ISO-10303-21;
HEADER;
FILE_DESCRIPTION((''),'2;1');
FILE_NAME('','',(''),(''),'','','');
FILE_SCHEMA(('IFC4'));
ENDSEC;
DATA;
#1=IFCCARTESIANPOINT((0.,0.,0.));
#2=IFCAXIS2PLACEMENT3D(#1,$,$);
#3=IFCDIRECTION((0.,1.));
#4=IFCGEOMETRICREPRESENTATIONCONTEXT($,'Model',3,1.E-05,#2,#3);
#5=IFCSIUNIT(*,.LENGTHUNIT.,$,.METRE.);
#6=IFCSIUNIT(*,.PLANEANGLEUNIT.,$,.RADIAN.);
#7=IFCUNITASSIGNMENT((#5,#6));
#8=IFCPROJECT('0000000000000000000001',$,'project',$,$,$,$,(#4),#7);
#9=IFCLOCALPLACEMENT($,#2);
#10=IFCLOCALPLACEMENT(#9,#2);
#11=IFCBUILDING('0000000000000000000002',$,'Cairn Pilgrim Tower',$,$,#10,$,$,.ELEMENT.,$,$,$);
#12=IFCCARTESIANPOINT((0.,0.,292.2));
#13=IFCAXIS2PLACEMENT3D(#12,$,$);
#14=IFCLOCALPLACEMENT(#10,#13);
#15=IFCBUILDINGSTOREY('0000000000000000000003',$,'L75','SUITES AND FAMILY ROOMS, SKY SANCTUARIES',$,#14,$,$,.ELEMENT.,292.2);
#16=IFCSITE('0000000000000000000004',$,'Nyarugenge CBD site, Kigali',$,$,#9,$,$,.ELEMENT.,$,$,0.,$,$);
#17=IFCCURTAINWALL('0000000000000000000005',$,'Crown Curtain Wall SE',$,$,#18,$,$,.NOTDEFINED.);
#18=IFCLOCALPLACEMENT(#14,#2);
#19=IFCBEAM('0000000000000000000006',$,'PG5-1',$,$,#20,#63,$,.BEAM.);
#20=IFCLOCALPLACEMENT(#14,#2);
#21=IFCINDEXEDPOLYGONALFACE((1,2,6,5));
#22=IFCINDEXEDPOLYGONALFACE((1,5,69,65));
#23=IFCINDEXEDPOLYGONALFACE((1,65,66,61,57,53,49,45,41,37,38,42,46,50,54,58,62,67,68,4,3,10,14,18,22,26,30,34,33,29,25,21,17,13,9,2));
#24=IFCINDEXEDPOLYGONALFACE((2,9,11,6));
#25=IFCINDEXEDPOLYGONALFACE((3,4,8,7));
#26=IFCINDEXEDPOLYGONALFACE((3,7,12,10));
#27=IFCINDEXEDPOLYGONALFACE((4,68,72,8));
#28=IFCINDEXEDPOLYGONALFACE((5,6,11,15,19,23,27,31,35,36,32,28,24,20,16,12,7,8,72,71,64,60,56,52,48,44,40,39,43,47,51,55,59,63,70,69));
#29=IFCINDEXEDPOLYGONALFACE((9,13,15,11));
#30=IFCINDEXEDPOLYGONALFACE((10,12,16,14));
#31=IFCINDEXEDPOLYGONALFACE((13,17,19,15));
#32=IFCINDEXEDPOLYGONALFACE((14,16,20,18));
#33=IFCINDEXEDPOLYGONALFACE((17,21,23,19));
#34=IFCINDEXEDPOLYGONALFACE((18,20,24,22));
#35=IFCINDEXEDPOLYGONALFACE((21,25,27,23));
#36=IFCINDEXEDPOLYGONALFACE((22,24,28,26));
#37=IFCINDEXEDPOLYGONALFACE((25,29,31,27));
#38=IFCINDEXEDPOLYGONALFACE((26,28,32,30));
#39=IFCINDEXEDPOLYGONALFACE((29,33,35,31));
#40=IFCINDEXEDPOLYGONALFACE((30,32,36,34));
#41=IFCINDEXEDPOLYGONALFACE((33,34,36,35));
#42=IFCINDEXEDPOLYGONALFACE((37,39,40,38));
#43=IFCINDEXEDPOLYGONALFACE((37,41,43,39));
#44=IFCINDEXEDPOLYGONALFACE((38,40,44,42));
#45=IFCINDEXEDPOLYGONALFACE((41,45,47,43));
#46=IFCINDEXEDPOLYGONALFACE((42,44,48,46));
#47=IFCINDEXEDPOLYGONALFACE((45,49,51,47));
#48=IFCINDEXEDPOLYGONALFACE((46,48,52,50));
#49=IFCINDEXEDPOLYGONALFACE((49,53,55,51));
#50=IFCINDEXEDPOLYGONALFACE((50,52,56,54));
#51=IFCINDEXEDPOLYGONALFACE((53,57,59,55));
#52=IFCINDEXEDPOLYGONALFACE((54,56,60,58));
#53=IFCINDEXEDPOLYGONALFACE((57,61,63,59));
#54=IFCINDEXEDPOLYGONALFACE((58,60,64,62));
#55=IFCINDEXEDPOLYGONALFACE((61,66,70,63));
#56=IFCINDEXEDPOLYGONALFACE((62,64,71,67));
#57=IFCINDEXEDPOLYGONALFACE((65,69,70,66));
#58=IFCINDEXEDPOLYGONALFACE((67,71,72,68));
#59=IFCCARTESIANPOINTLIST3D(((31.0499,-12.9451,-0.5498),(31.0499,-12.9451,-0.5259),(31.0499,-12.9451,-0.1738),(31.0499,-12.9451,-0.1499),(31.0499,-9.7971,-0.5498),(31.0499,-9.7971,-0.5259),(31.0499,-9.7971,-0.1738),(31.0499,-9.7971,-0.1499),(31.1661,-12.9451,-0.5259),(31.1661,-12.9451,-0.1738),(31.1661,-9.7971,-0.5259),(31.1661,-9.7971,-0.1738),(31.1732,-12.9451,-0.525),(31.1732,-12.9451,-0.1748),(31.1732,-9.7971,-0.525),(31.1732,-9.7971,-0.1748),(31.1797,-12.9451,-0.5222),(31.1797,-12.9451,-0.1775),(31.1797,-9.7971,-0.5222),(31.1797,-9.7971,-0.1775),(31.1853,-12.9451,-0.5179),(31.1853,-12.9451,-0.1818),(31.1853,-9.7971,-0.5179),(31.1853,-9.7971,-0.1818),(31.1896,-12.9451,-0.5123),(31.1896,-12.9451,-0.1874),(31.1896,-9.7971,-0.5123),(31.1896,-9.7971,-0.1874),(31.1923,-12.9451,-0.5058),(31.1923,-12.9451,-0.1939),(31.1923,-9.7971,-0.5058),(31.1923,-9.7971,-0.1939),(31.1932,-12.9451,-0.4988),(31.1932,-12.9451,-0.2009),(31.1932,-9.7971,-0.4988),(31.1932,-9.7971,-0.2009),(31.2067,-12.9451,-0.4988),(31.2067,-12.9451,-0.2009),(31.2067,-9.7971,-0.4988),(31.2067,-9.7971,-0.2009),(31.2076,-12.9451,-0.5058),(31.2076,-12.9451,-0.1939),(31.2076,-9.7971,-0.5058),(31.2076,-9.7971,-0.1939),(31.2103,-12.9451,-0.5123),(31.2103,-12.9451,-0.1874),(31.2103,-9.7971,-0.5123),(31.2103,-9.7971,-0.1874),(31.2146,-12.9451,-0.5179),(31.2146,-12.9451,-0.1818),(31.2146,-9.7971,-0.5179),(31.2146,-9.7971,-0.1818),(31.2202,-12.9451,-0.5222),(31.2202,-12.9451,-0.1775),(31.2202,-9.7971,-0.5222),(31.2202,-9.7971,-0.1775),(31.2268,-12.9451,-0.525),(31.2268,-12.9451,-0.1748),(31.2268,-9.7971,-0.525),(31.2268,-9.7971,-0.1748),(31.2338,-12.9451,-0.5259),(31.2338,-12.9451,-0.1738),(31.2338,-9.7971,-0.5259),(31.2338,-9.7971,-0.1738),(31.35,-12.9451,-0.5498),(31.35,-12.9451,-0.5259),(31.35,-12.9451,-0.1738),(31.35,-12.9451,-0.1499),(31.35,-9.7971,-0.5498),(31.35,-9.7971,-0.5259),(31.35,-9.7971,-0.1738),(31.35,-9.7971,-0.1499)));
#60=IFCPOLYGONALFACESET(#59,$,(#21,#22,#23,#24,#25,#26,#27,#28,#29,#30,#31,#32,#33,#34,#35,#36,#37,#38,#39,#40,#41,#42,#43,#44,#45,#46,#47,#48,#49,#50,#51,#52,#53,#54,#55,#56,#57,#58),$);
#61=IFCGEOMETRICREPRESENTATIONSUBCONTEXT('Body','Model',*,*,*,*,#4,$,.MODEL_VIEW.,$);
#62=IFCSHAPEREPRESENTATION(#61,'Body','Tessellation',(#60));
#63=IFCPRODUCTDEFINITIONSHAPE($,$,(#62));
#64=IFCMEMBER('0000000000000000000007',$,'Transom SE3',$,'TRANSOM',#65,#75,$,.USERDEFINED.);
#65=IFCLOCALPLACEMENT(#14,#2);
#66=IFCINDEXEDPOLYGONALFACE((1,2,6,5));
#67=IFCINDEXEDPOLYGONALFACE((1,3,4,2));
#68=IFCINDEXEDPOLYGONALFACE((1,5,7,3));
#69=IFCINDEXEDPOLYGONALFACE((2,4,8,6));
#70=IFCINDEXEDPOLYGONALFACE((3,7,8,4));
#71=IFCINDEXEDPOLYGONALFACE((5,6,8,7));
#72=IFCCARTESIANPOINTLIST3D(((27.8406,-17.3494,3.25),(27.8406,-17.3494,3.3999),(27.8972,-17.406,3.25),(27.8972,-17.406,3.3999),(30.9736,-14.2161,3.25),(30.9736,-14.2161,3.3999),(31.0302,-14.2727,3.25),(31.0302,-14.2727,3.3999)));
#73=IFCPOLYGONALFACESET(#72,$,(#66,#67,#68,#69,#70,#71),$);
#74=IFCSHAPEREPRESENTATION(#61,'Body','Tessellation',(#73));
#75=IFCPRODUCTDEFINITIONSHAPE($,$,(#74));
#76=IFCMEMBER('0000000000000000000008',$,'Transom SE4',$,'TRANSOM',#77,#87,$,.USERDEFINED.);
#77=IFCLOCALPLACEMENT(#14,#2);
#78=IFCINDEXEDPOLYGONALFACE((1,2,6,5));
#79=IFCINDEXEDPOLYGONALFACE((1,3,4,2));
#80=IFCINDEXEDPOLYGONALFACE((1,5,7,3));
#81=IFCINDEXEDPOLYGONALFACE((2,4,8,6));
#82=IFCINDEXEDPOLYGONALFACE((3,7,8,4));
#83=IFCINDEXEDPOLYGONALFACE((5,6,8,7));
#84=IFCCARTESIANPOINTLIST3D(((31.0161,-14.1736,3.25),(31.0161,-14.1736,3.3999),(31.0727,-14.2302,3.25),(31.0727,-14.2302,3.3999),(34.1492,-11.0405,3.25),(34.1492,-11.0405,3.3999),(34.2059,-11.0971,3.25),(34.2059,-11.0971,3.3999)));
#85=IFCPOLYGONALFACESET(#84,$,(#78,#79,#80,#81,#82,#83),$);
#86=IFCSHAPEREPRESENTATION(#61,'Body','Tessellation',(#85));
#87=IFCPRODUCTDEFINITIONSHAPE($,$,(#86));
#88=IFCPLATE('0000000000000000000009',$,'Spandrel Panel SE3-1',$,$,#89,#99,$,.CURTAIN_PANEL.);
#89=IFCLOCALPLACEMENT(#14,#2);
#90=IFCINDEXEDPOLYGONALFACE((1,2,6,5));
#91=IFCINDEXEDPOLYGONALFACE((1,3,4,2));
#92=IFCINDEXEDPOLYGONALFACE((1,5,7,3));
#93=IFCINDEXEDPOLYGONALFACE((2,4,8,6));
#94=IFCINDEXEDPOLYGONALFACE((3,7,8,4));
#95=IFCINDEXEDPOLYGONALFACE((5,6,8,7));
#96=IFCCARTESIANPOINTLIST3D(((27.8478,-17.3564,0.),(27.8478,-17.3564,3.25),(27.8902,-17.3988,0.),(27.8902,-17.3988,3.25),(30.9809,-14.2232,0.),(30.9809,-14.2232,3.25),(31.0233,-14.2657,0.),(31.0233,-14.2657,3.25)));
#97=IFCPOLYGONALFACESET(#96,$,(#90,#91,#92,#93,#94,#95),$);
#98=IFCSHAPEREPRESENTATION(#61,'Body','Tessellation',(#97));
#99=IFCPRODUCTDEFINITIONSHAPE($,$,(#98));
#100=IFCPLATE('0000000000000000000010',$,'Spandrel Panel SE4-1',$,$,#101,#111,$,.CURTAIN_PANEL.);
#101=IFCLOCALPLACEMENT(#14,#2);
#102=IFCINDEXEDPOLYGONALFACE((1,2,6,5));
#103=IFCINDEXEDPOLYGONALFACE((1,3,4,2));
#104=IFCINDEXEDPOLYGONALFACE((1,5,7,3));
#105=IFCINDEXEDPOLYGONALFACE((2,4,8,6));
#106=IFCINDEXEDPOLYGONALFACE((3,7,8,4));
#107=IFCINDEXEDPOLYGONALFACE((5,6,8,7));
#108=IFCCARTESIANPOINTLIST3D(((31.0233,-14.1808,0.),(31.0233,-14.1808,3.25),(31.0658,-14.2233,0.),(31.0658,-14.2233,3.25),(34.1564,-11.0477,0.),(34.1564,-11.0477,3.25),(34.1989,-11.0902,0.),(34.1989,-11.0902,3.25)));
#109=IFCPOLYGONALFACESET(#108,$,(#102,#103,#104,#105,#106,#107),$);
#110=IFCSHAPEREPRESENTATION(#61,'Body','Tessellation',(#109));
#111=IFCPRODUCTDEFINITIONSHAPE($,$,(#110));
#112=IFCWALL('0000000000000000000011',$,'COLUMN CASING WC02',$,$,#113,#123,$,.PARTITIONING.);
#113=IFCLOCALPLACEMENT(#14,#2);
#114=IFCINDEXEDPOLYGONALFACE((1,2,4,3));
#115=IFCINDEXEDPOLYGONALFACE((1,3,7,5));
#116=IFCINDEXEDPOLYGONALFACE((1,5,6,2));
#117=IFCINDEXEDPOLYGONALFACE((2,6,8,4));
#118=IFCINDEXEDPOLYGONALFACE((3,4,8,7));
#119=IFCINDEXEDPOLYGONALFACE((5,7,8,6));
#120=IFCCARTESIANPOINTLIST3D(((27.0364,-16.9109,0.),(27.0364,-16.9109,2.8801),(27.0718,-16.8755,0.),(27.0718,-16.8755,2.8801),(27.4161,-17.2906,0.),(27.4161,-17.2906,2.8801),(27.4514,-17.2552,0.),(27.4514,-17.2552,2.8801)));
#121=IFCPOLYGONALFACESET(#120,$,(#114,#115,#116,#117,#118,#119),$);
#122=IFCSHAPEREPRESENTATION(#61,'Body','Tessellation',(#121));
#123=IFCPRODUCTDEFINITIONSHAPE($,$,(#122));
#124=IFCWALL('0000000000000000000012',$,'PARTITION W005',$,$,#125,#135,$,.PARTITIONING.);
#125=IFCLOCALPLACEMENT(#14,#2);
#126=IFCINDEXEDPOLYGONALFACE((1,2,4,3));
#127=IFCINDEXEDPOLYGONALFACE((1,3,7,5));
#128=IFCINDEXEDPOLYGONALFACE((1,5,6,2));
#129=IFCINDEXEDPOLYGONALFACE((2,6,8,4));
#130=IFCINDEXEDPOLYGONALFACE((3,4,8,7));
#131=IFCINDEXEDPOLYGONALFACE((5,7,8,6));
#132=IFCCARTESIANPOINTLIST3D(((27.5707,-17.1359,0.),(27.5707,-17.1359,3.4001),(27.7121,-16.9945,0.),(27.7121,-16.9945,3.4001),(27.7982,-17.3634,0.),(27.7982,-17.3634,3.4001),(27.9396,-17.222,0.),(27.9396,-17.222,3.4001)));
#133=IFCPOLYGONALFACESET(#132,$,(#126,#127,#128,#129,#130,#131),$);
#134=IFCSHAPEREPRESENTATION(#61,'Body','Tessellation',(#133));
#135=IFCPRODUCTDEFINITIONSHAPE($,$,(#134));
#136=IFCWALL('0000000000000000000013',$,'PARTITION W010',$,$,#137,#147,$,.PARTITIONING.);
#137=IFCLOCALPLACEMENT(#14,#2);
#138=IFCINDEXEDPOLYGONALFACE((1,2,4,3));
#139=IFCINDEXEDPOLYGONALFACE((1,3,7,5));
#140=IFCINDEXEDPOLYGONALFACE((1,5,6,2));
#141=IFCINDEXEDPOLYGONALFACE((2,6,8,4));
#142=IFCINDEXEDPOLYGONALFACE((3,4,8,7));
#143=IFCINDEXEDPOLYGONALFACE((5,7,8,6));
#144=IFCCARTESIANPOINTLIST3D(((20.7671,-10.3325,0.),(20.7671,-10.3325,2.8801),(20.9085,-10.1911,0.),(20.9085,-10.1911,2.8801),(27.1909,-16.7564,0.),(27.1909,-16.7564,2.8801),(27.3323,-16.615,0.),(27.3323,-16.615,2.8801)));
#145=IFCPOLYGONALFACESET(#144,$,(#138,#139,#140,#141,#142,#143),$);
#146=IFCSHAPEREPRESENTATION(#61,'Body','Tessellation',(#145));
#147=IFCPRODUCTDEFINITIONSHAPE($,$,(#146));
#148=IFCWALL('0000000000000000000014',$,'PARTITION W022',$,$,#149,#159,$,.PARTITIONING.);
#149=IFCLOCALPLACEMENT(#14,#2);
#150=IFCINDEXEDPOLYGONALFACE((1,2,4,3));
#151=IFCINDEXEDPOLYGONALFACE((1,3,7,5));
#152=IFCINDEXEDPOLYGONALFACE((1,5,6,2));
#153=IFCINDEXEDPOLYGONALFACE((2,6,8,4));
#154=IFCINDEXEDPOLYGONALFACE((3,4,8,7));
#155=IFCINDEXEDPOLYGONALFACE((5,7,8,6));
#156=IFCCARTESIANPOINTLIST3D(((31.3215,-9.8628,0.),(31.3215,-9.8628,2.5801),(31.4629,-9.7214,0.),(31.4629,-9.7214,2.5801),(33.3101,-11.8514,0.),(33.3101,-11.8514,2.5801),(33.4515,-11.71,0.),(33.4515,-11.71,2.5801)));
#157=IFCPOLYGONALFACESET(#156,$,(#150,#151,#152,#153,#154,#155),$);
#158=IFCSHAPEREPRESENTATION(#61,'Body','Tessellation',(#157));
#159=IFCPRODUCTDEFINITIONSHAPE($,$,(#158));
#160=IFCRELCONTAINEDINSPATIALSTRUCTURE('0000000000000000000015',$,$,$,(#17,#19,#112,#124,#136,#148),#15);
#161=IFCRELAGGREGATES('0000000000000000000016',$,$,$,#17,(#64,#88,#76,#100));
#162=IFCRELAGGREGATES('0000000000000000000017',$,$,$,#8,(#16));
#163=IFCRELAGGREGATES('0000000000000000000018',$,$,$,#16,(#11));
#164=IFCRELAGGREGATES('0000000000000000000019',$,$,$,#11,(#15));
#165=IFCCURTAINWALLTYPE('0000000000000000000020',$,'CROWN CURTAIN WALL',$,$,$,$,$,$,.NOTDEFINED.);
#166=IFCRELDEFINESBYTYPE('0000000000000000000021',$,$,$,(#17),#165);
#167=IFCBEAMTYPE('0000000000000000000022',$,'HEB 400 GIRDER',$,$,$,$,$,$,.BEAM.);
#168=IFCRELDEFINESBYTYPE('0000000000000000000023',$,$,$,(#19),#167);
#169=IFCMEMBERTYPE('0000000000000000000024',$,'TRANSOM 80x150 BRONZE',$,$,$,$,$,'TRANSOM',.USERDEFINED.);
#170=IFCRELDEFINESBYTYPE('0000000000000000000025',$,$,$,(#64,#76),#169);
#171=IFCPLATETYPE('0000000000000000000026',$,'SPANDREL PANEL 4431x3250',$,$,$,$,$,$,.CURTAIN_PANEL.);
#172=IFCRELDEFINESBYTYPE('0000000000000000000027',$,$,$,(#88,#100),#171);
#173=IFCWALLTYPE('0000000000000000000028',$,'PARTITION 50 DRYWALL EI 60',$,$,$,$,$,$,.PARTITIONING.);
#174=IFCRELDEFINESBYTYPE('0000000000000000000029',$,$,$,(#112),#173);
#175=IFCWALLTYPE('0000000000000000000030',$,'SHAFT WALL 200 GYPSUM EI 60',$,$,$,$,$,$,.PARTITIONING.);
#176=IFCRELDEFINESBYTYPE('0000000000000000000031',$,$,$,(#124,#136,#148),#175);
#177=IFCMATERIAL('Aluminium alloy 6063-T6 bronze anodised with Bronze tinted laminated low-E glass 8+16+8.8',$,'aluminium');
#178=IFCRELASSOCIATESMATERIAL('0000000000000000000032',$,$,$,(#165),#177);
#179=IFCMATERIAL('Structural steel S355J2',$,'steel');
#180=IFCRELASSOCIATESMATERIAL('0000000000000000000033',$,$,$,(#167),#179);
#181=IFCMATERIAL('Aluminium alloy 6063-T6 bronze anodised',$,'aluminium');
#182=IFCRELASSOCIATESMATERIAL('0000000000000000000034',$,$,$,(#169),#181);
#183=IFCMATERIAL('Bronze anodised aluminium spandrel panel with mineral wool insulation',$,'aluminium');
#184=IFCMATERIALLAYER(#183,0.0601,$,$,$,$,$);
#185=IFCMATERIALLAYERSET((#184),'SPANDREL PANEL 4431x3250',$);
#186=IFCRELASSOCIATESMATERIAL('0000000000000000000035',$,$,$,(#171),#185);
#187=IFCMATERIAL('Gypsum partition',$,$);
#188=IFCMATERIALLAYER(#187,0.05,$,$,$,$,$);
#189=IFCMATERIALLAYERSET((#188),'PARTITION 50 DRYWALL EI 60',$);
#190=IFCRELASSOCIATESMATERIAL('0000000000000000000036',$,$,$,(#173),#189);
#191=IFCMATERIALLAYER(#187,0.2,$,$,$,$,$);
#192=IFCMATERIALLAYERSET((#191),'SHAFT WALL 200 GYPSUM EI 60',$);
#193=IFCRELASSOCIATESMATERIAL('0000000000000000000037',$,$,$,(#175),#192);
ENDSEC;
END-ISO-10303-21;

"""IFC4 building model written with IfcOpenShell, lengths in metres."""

from ifc_helpers import new_model, si_unit, direction, frame, frame_2d, origin, origin_2d, place, context, subcontext, project, spatial, rectangle, i_section, extrude, material, layer, layer_set, material_profile, profile_set, type_object, element, aggregate, save


model = new_model("IFC4")

# Units and contexts
model_context = context("Model", 3, precision=1e-05, world=origin(), true_north=direction((0.0, 1.0)))
body_context = subcontext(model_context, "Body", "Model", "MODEL_VIEW")
ifc_project = project(units=[si_unit("LENGTHUNIT", "METRE"), si_unit("PLANEANGLEUNIT", "RADIAN")], contexts=[model_context])

# Site, building, storey
site_placement = place(None, origin())
site = spatial("IfcSite", under=ifc_project, at=site_placement, Name="Nyarugenge CBD site, Kigali", CompositionType="ELEMENT", RefElevation=0.0)
building_placement = place(site_placement, origin())
building = spatial("IfcBuilding", under=site, at=building_placement, Name="Cairn Pilgrim Tower", CompositionType="ELEMENT")
storey_placement = place(building_placement, frame((0.0, 0.0, 292.2)))
storey = spatial("IfcBuildingStorey", under=building, at=storey_placement, Name="L75", Description="SUITES AND FAMILY ROOMS, SKY SANCTUARIES", CompositionType="ELEMENT", Elevation=292.2)

# Shared definitions
ifc_material_1 = material(Name="Structural steel S355J2", Category="steel")

# Curtain wall
ifc_material_2 = material(Name="Aluminium alloy 6063-T6 bronze anodised with Bronze tinted laminated low-E glass 8+16+8.8", Category="aluminium")
curtain_wall_type = type_object("IfcCurtainWallType", Name="CROWN CURTAIN WALL", PredefinedType="NOTDEFINED", material=ifc_material_2)
curtain_wall_placement = place(storey_placement, origin())
curtain_wall = element("IfcCurtainWall", 1, at=curtain_wall_placement, inside=storey, type_object=curtain_wall_type, Name="Crown Curtain Wall SE", PredefinedType="NOTDEFINED")
ifc_material_3 = material(Name="Aluminium alloy 6063-T6 bronze anodised", Category="aluminium")

# Beam
ifc_material_profile_1 = material_profile(ifc_material_1, i_section(OverallWidth=0.3, OverallDepth=0.3999, WebThickness=0.0134, FlangeThickness=0.0239, FilletRadius=0.0271, at=origin_2d()), Name="HEB 400")
ifc_profile_set_1 = profile_set([ifc_material_profile_1], Name="Structural steel S355J2")
beam_type_1 = type_object("IfcBeamType", Name="HEB 400 GIRDER", PredefinedType="BEAM", material=ifc_profile_set_1)
beam_placement = place(storey_placement, frame((31.2, -12.9451, -0.3499), z_axis=(0.0, 1.0, 0.0), x_axis=(-1.0, 0.0, 0.0)))
element("IfcBeam", 2, at=beam_placement, inside=storey, type_object=beam_type_1, Name="PG5-1", PredefinedType="BEAM", context=body_context, shape_type="SweptSolid", body=[
    extrude(i_section(OverallWidth=0.3, OverallDepth=0.3999, WebThickness=0.0134, FlangeThickness=0.0239, FilletRadius=0.0271, at=origin_2d()), origin(), (0.0, 0.0, 1.0), 3.1479),
])

# Members
ifc_material_profile_2 = material_profile(ifc_material_3, rectangle(XDim=0.0801, YDim=0.1499, at=origin_2d()), Name="TRANSOM 80x150 BRONZE")
ifc_profile_set_2 = profile_set([ifc_material_profile_2], Name="Aluminium alloy 6063-T6 bronze anodised")
member_type_1 = type_object("IfcMemberType", Name="TRANSOM 80x150 BRONZE", ElementType="TRANSOM", PredefinedType="USERDEFINED", material=ifc_profile_set_2)
member_1_placement = place(storey_placement, frame((27.8689, -17.3777, 3.325), z_axis=(0.707079, 0.707134, 0.0), x_axis=(-0.707134, 0.707079, 0.0)))
member_1 = element("IfcMember", 3, at=member_1_placement, type_object=member_type_1, Name="Transom SE3", ObjectType="TRANSOM", PredefinedType="USERDEFINED", context=body_context, shape_type="SweptSolid", body=[
    extrude(rectangle(XDim=0.0801, YDim=0.1499, at=origin_2d()), origin(), (0.0, 0.0, 1.0), 4.4309),
])
member_2_placement = place(storey_placement, frame((31.0444, -14.2019, 3.325), z_axis=(0.707107, 0.707107, 0.0), x_axis=(-0.707107, 0.707107, 0.0)))
member_2 = element("IfcMember", 4, at=member_2_placement, type_object=member_type_1, Name="Transom SE4", ObjectType="TRANSOM", PredefinedType="USERDEFINED", context=body_context, shape_type="SweptSolid", body=[
    extrude(rectangle(XDim=0.0801, YDim=0.1499, at=origin_2d()), origin(), (0.0, 0.0, 1.0), 4.4309),
])

# Plates
ifc_material_4 = material(Name="Bronze anodised aluminium spandrel panel with mineral wool insulation", Category="aluminium")
ifc_layer_1 = layer(ifc_material_4, 0.0601)
ifc_layer_set_1 = layer_set([ifc_layer_1], Name="SPANDREL PANEL 4431x3250")
plate_type = type_object("IfcPlateType", Name="SPANDREL PANEL 4431x3250", PredefinedType="CURTAIN_PANEL", material=ifc_layer_set_1)
plate_1_placement = place(storey_placement, frame((29.4355, -15.811, 0.0), z_axis=(0.0, 0.0, 1.0), x_axis=(0.707107, 0.707107, 0.0)))
plate_1 = element("IfcPlate", 5, at=plate_1_placement, type_object=plate_type, Name="Spandrel Panel SE3-1", PredefinedType="CURTAIN_PANEL", context=body_context, shape_type="SweptSolid", body=[
    extrude(rectangle(XDim=4.4309, YDim=0.0601, at=origin_2d()), origin(), (0.0, 0.0, 1.0), 3.25),
])
plate_2_placement = place(storey_placement, frame((32.6111, -12.6355, 0.0), z_axis=(0.0, 0.0, 1.0), x_axis=(0.707107, 0.707107, 0.0)))
plate_2 = element("IfcPlate", 6, at=plate_2_placement, type_object=plate_type, Name="Spandrel Panel SE4-1", PredefinedType="CURTAIN_PANEL", context=body_context, shape_type="SweptSolid", body=[
    extrude(rectangle(XDim=4.4309, YDim=0.0601, at=origin_2d()), origin(), (0.0, 0.0, 1.0), 3.25),
])
aggregate(curtain_wall, [member_1, plate_1, member_2, plate_2])

# Walls
ifc_material_5 = material(Name="Gypsum partition")
ifc_layer_2 = layer(ifc_material_5, 0.05)
ifc_layer_set_2 = layer_set([ifc_layer_2], Name="PARTITION 50 DRYWALL EI 60")
wall_type_1 = type_object("IfcWallType", Name="PARTITION 50 DRYWALL EI 60", PredefinedType="PARTITIONING", material=ifc_layer_set_2)
wall_1_placement = place(storey_placement, frame((27.4338, -17.2729, 0.0), z_axis=(0.0, 0.0, 1.0), x_axis=(-0.707107, 0.707107, 0.0)))
element("IfcWall", 7, at=wall_1_placement, inside=storey, type_object=wall_type_1, Name="COLUMN CASING WC02", PredefinedType="PARTITIONING", context=body_context, shape_type="SweptSolid", body=[
    extrude(rectangle(XDim=0.5369, YDim=0.05, at=frame_2d((0.2686, 0.0))), origin(), (0.0, 0.0, 1.0), 2.8801),
])
ifc_layer_3 = layer(ifc_material_5, 0.2)
ifc_layer_set_3 = layer_set([ifc_layer_3], Name="SHAFT WALL 200 GYPSUM EI 60")
wall_type_2 = type_object("IfcWallType", Name="SHAFT WALL 200 GYPSUM EI 60", PredefinedType="PARTITIONING", material=ifc_layer_set_3)
wall_2_placement = place(storey_placement, frame((27.8689, -17.2927, 0.0), z_axis=(0.0, 0.0, 1.0), x_axis=(-0.707107, 0.707107, 0.0)))
element("IfcWall", 8, at=wall_2_placement, inside=storey, type_object=wall_type_2, Name="PARTITION W005", PredefinedType="PARTITIONING", context=body_context, shape_type="SweptSolid", body=[
    extrude(rectangle(XDim=0.3218, YDim=0.2, at=frame_2d((0.1609, 0.0))), origin(), (0.0, 0.0, 1.0), 3.4001),
])
wall_3_placement = place(storey_placement, frame((27.2617, -16.6858, 0.0), z_axis=(0.0, 0.0, 1.0), x_axis=(-0.707107, 0.707107, 0.0)))
element("IfcWall", 9, at=wall_3_placement, inside=storey, type_object=wall_type_2, Name="PARTITION W010", PredefinedType="PARTITIONING", context=body_context, shape_type="SweptSolid", body=[
    extrude(rectangle(XDim=9.0847, YDim=0.2, at=frame_2d((4.5425, 0.0))), origin(), (0.0, 0.0, 1.0), 2.8801),
])
wall_4_placement = place(storey_placement, frame((33.3809, -11.7808, 0.0), z_axis=(0.0, 0.0, 1.0), x_axis=(-0.707107, 0.707107, 0.0)))
element("IfcWall", 10, at=wall_4_placement, inside=storey, type_object=wall_type_2, Name="PARTITION W022", PredefinedType="PARTITIONING", context=body_context, shape_type="SweptSolid", body=[
    extrude(rectangle(XDim=2.8123, YDim=0.2, at=frame_2d((1.4062, 0.0))), origin(), (0.0, 0.0, 1.0), 2.5801),
])

save(model, "model.ifc")
